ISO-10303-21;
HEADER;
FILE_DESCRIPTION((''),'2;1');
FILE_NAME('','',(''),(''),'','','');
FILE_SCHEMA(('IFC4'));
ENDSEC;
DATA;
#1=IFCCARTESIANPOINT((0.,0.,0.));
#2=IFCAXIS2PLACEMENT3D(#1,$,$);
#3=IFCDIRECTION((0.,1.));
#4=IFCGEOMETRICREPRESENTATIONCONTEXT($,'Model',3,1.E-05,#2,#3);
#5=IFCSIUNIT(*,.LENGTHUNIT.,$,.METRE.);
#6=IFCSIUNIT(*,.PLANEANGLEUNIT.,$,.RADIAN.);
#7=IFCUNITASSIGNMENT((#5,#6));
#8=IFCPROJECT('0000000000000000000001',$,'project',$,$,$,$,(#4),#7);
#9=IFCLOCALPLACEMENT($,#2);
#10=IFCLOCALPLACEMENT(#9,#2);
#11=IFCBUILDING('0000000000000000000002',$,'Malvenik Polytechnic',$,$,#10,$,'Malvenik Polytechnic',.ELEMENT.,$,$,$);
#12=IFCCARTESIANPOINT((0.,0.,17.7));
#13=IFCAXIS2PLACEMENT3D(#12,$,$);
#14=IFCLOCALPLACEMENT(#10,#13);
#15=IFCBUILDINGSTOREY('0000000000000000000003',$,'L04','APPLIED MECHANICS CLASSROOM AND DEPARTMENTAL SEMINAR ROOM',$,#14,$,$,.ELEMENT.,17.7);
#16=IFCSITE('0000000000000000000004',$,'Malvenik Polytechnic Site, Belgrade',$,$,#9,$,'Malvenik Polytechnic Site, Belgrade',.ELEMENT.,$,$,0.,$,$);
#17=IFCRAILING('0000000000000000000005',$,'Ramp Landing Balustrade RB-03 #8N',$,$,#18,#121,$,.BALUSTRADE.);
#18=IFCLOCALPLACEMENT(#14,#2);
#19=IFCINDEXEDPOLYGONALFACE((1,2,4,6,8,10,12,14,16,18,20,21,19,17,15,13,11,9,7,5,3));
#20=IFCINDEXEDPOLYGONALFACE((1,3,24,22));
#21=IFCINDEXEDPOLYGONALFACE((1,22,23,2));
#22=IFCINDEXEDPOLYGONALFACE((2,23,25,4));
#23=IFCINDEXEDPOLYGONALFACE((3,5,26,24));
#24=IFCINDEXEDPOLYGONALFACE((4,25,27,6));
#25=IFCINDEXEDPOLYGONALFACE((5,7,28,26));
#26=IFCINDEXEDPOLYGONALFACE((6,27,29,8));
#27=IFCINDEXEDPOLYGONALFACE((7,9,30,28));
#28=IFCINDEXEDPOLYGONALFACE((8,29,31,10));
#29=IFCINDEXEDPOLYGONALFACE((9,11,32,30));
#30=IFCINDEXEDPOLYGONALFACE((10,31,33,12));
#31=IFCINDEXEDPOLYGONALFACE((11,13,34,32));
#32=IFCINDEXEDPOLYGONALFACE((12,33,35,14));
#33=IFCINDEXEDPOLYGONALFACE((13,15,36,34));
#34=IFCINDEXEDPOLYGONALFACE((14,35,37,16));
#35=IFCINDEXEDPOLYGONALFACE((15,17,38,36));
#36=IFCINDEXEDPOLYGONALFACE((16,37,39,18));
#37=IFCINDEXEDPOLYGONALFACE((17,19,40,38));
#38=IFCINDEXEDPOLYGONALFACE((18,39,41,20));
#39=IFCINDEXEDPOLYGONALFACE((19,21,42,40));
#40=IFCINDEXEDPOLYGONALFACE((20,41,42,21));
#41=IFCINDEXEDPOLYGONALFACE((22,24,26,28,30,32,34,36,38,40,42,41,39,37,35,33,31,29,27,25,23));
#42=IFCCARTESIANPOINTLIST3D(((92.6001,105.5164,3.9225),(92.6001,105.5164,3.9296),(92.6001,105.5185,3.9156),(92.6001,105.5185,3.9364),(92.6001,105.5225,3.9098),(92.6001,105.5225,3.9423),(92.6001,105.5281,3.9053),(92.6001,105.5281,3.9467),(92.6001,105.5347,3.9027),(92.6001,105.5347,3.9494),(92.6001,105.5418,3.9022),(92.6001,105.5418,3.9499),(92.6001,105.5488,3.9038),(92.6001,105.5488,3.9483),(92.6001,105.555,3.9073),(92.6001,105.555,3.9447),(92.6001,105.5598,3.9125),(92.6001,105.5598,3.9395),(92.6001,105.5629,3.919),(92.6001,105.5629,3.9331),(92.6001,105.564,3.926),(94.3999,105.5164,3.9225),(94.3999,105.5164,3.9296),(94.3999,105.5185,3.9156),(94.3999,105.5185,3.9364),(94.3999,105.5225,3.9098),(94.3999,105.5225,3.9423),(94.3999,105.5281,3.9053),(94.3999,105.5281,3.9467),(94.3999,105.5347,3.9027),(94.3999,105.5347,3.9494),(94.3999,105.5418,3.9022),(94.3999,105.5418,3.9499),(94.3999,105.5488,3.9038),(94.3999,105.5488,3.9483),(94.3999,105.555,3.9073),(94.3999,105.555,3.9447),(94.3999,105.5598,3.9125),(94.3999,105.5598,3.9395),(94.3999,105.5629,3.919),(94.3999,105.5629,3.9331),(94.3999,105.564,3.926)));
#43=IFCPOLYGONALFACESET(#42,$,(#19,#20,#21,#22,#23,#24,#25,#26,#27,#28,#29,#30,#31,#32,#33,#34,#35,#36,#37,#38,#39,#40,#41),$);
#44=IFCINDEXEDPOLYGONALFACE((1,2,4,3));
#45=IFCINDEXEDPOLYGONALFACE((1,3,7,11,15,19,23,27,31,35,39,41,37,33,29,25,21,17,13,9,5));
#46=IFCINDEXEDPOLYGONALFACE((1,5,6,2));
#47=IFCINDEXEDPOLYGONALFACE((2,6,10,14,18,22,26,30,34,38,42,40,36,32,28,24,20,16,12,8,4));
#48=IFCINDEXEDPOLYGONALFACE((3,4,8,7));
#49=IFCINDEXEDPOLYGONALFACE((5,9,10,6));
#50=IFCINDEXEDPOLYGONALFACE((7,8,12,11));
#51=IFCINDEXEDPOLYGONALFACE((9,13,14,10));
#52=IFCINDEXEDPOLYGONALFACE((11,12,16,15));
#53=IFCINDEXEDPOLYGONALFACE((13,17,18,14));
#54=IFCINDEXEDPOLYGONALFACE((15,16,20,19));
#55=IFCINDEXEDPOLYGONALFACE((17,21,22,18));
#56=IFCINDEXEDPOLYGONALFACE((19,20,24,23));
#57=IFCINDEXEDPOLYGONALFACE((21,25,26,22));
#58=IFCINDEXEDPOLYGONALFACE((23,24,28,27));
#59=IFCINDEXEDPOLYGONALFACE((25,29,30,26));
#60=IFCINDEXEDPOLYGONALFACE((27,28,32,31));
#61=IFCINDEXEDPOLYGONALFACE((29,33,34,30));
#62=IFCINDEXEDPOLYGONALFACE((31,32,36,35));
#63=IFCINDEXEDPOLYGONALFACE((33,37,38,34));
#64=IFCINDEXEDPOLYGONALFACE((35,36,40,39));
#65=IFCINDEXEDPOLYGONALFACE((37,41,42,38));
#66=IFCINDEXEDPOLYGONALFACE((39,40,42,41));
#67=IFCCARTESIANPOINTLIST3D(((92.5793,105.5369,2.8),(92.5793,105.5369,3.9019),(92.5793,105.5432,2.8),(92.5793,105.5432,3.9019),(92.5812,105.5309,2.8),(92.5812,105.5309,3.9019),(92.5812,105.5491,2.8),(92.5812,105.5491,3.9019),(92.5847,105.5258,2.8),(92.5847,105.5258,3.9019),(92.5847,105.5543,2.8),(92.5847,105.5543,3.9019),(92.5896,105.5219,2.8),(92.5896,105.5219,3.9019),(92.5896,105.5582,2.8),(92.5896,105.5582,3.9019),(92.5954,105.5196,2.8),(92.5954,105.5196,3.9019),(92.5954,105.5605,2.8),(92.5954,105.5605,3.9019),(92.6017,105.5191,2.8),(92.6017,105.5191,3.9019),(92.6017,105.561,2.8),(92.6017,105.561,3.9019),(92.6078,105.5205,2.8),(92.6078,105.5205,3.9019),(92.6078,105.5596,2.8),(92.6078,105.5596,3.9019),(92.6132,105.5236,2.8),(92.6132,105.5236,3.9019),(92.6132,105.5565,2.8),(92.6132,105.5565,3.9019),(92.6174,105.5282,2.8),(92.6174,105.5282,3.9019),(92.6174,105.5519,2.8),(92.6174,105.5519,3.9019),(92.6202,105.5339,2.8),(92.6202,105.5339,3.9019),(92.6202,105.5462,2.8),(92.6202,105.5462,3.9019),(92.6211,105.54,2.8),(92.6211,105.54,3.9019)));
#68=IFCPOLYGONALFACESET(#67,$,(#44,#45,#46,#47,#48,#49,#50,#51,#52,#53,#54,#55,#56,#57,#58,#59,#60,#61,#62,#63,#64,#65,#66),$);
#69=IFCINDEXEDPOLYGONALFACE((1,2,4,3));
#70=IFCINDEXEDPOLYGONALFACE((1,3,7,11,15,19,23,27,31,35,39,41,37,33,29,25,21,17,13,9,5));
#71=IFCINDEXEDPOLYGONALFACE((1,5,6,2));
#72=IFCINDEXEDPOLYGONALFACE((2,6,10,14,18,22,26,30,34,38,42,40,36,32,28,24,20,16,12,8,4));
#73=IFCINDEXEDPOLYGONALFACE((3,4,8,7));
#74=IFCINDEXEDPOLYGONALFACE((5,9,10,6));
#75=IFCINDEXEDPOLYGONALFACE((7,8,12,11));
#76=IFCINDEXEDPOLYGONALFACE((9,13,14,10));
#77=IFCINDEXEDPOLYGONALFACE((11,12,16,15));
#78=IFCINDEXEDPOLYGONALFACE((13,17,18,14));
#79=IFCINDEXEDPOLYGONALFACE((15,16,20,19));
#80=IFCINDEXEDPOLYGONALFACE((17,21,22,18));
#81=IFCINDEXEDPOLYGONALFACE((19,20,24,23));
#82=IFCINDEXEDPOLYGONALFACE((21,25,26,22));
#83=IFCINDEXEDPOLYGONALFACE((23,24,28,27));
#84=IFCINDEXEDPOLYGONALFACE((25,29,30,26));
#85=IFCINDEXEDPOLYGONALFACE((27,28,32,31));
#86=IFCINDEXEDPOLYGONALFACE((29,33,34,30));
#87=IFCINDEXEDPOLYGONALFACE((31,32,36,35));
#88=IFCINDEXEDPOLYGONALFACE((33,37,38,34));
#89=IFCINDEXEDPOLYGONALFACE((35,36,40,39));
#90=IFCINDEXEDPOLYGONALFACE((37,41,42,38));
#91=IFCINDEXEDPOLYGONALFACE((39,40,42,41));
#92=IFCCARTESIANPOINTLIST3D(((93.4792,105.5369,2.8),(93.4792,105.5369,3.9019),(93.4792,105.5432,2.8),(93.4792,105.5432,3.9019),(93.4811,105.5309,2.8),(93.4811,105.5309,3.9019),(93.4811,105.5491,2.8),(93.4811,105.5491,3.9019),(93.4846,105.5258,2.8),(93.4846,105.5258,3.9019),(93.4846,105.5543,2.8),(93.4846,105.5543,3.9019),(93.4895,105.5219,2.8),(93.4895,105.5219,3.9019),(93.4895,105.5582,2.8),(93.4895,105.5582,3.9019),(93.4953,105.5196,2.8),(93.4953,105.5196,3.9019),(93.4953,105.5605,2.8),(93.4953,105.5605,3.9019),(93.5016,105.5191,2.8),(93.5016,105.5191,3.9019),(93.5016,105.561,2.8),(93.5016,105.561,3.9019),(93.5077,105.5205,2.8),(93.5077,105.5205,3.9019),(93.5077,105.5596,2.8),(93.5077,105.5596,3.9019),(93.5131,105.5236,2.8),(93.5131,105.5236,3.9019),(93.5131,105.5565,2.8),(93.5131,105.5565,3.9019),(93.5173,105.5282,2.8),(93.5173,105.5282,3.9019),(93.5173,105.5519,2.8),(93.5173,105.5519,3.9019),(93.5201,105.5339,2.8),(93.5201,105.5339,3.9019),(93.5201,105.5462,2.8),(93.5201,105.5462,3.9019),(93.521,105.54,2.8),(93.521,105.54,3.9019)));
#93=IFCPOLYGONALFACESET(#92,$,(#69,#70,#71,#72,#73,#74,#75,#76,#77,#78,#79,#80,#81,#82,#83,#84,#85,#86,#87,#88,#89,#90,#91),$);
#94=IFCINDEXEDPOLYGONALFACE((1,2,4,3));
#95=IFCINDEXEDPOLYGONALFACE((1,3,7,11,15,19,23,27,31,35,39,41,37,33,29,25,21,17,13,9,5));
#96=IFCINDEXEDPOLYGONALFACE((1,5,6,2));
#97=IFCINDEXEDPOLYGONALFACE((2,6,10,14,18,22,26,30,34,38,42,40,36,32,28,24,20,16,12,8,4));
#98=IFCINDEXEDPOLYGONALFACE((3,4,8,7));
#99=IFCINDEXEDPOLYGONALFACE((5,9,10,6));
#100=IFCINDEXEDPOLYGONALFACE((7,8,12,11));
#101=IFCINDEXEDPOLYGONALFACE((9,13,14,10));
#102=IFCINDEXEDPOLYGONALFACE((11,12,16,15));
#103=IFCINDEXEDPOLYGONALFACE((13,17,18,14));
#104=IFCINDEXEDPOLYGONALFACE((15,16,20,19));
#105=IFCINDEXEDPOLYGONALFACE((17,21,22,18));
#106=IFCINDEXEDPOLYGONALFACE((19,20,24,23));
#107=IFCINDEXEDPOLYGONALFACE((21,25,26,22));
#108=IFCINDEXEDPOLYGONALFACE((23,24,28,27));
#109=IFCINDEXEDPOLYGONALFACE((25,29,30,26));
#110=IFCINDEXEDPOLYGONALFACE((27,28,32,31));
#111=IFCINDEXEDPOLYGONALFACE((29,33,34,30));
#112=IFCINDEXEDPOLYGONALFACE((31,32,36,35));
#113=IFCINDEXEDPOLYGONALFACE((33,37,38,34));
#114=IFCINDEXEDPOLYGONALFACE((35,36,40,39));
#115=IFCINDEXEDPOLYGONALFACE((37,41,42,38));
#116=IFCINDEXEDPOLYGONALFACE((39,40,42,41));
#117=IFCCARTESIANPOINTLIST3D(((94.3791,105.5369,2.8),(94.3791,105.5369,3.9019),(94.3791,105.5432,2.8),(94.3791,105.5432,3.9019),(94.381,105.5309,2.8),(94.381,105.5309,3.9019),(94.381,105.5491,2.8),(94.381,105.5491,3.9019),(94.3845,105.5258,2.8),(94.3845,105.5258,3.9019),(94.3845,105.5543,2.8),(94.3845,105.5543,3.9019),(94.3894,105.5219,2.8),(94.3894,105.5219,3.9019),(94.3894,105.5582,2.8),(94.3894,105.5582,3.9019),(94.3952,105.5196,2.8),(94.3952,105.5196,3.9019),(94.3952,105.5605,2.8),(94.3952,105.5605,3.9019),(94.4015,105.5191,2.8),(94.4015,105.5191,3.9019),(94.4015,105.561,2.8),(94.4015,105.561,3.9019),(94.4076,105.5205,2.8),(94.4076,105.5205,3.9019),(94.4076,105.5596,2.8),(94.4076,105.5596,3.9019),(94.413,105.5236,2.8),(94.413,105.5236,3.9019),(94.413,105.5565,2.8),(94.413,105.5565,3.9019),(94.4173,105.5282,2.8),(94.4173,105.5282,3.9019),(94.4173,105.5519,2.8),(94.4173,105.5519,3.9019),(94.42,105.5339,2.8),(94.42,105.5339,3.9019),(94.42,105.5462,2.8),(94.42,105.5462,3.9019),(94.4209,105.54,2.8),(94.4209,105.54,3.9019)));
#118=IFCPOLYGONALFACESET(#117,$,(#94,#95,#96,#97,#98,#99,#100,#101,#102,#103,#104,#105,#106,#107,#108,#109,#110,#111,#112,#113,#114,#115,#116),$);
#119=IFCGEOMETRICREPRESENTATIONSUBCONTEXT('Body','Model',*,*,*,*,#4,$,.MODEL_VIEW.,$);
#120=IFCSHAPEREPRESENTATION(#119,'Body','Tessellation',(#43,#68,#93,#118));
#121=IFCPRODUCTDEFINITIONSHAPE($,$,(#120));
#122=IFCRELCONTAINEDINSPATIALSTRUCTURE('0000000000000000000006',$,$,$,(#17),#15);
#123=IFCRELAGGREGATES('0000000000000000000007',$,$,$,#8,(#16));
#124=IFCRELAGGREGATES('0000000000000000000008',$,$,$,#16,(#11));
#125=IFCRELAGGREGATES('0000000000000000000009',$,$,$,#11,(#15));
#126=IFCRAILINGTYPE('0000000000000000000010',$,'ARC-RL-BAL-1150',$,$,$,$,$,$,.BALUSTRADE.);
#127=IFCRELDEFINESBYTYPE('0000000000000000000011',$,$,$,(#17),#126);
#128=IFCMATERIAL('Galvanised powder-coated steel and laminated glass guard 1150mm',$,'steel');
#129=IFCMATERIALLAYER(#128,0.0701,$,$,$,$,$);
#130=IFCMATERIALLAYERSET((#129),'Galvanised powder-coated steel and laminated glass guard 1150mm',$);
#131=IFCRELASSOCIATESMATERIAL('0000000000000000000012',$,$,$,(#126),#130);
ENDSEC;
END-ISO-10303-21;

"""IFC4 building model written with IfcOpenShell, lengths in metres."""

from ifc_helpers import new_model, si_unit, direction, frame, origin, origin_2d, place, context, subcontext, project, spatial, circle, extrude, material, layer, layer_set, type_object, element, save


model = new_model("IFC4")

# Units and contexts
model_context = context("Model", 3, precision=1e-05, world=origin(), true_north=direction((0.0, 1.0)))
body_context = subcontext(model_context, "Body", "Model", "MODEL_VIEW")
ifc_project = project(units=[si_unit("LENGTHUNIT", "METRE"), si_unit("PLANEANGLEUNIT", "RADIAN")], contexts=[model_context])

# Site, building, storey
site_placement = place(None, origin())
site = spatial("IfcSite", under=ifc_project, at=site_placement, Name="Malvenik Polytechnic Site, Belgrade", LongName="Malvenik Polytechnic Site, Belgrade", CompositionType="ELEMENT", RefElevation=0.0)
building_placement = place(site_placement, origin())
building = spatial("IfcBuilding", under=site, at=building_placement, Name="Malvenik Polytechnic", LongName="Malvenik Polytechnic", CompositionType="ELEMENT")
storey_placement = place(building_placement, frame((0.0, 0.0, 17.7)))
storey = spatial("IfcBuildingStorey", under=building, at=storey_placement, Name="L04", Description="APPLIED MECHANICS CLASSROOM AND DEPARTMENTAL SEMINAR ROOM", CompositionType="ELEMENT", Elevation=17.7)

# Railing
ifc_material_1 = material(Name="Galvanised powder-coated steel and laminated glass guard 1150mm", Category="steel")
ifc_layer_1 = layer(ifc_material_1, 0.0701)
ifc_layer_set_1 = layer_set([ifc_layer_1], Name="Galvanised powder-coated steel and laminated glass guard 1150mm")
railing_type_1 = type_object("IfcRailingType", Name="ARC-RL-BAL-1150", PredefinedType="BALUSTRADE", material=ifc_layer_set_1)
railing_1_placement = place(storey_placement, frame((92.6001, 105.54, 2.8)))
element("IfcRailing", 1, at=railing_1_placement, inside=storey, type_object=railing_type_1, Name="Ramp Landing Balustrade RB-03 #8N", PredefinedType="BALUSTRADE", context=body_context, shape_type="SweptSolid", body=[
    extrude(circle(Radius=0.0239, at=origin_2d()), frame((0.0, 0.0, 1.126), z_axis=(1.0, 0.0, 0.0), x_axis=(0.0, 1.0, 0.0)), (0.0, 0.0, 1.0), 1.7998),
    extrude(circle(Radius=0.021, at=origin_2d()), origin(), (0.0, 0.0, 1.0), 1.1018),
    extrude(circle(Radius=0.021, at=origin_2d()), frame((0.8999, 0.0, 0.0)), (0.0, 0.0, 1.0), 1.1018),
    extrude(circle(Radius=0.021, at=origin_2d()), frame((1.7998, 0.0, 0.0)), (0.0, 0.0, 1.0), 1.1018),
])

save(model, "model.ifc")
